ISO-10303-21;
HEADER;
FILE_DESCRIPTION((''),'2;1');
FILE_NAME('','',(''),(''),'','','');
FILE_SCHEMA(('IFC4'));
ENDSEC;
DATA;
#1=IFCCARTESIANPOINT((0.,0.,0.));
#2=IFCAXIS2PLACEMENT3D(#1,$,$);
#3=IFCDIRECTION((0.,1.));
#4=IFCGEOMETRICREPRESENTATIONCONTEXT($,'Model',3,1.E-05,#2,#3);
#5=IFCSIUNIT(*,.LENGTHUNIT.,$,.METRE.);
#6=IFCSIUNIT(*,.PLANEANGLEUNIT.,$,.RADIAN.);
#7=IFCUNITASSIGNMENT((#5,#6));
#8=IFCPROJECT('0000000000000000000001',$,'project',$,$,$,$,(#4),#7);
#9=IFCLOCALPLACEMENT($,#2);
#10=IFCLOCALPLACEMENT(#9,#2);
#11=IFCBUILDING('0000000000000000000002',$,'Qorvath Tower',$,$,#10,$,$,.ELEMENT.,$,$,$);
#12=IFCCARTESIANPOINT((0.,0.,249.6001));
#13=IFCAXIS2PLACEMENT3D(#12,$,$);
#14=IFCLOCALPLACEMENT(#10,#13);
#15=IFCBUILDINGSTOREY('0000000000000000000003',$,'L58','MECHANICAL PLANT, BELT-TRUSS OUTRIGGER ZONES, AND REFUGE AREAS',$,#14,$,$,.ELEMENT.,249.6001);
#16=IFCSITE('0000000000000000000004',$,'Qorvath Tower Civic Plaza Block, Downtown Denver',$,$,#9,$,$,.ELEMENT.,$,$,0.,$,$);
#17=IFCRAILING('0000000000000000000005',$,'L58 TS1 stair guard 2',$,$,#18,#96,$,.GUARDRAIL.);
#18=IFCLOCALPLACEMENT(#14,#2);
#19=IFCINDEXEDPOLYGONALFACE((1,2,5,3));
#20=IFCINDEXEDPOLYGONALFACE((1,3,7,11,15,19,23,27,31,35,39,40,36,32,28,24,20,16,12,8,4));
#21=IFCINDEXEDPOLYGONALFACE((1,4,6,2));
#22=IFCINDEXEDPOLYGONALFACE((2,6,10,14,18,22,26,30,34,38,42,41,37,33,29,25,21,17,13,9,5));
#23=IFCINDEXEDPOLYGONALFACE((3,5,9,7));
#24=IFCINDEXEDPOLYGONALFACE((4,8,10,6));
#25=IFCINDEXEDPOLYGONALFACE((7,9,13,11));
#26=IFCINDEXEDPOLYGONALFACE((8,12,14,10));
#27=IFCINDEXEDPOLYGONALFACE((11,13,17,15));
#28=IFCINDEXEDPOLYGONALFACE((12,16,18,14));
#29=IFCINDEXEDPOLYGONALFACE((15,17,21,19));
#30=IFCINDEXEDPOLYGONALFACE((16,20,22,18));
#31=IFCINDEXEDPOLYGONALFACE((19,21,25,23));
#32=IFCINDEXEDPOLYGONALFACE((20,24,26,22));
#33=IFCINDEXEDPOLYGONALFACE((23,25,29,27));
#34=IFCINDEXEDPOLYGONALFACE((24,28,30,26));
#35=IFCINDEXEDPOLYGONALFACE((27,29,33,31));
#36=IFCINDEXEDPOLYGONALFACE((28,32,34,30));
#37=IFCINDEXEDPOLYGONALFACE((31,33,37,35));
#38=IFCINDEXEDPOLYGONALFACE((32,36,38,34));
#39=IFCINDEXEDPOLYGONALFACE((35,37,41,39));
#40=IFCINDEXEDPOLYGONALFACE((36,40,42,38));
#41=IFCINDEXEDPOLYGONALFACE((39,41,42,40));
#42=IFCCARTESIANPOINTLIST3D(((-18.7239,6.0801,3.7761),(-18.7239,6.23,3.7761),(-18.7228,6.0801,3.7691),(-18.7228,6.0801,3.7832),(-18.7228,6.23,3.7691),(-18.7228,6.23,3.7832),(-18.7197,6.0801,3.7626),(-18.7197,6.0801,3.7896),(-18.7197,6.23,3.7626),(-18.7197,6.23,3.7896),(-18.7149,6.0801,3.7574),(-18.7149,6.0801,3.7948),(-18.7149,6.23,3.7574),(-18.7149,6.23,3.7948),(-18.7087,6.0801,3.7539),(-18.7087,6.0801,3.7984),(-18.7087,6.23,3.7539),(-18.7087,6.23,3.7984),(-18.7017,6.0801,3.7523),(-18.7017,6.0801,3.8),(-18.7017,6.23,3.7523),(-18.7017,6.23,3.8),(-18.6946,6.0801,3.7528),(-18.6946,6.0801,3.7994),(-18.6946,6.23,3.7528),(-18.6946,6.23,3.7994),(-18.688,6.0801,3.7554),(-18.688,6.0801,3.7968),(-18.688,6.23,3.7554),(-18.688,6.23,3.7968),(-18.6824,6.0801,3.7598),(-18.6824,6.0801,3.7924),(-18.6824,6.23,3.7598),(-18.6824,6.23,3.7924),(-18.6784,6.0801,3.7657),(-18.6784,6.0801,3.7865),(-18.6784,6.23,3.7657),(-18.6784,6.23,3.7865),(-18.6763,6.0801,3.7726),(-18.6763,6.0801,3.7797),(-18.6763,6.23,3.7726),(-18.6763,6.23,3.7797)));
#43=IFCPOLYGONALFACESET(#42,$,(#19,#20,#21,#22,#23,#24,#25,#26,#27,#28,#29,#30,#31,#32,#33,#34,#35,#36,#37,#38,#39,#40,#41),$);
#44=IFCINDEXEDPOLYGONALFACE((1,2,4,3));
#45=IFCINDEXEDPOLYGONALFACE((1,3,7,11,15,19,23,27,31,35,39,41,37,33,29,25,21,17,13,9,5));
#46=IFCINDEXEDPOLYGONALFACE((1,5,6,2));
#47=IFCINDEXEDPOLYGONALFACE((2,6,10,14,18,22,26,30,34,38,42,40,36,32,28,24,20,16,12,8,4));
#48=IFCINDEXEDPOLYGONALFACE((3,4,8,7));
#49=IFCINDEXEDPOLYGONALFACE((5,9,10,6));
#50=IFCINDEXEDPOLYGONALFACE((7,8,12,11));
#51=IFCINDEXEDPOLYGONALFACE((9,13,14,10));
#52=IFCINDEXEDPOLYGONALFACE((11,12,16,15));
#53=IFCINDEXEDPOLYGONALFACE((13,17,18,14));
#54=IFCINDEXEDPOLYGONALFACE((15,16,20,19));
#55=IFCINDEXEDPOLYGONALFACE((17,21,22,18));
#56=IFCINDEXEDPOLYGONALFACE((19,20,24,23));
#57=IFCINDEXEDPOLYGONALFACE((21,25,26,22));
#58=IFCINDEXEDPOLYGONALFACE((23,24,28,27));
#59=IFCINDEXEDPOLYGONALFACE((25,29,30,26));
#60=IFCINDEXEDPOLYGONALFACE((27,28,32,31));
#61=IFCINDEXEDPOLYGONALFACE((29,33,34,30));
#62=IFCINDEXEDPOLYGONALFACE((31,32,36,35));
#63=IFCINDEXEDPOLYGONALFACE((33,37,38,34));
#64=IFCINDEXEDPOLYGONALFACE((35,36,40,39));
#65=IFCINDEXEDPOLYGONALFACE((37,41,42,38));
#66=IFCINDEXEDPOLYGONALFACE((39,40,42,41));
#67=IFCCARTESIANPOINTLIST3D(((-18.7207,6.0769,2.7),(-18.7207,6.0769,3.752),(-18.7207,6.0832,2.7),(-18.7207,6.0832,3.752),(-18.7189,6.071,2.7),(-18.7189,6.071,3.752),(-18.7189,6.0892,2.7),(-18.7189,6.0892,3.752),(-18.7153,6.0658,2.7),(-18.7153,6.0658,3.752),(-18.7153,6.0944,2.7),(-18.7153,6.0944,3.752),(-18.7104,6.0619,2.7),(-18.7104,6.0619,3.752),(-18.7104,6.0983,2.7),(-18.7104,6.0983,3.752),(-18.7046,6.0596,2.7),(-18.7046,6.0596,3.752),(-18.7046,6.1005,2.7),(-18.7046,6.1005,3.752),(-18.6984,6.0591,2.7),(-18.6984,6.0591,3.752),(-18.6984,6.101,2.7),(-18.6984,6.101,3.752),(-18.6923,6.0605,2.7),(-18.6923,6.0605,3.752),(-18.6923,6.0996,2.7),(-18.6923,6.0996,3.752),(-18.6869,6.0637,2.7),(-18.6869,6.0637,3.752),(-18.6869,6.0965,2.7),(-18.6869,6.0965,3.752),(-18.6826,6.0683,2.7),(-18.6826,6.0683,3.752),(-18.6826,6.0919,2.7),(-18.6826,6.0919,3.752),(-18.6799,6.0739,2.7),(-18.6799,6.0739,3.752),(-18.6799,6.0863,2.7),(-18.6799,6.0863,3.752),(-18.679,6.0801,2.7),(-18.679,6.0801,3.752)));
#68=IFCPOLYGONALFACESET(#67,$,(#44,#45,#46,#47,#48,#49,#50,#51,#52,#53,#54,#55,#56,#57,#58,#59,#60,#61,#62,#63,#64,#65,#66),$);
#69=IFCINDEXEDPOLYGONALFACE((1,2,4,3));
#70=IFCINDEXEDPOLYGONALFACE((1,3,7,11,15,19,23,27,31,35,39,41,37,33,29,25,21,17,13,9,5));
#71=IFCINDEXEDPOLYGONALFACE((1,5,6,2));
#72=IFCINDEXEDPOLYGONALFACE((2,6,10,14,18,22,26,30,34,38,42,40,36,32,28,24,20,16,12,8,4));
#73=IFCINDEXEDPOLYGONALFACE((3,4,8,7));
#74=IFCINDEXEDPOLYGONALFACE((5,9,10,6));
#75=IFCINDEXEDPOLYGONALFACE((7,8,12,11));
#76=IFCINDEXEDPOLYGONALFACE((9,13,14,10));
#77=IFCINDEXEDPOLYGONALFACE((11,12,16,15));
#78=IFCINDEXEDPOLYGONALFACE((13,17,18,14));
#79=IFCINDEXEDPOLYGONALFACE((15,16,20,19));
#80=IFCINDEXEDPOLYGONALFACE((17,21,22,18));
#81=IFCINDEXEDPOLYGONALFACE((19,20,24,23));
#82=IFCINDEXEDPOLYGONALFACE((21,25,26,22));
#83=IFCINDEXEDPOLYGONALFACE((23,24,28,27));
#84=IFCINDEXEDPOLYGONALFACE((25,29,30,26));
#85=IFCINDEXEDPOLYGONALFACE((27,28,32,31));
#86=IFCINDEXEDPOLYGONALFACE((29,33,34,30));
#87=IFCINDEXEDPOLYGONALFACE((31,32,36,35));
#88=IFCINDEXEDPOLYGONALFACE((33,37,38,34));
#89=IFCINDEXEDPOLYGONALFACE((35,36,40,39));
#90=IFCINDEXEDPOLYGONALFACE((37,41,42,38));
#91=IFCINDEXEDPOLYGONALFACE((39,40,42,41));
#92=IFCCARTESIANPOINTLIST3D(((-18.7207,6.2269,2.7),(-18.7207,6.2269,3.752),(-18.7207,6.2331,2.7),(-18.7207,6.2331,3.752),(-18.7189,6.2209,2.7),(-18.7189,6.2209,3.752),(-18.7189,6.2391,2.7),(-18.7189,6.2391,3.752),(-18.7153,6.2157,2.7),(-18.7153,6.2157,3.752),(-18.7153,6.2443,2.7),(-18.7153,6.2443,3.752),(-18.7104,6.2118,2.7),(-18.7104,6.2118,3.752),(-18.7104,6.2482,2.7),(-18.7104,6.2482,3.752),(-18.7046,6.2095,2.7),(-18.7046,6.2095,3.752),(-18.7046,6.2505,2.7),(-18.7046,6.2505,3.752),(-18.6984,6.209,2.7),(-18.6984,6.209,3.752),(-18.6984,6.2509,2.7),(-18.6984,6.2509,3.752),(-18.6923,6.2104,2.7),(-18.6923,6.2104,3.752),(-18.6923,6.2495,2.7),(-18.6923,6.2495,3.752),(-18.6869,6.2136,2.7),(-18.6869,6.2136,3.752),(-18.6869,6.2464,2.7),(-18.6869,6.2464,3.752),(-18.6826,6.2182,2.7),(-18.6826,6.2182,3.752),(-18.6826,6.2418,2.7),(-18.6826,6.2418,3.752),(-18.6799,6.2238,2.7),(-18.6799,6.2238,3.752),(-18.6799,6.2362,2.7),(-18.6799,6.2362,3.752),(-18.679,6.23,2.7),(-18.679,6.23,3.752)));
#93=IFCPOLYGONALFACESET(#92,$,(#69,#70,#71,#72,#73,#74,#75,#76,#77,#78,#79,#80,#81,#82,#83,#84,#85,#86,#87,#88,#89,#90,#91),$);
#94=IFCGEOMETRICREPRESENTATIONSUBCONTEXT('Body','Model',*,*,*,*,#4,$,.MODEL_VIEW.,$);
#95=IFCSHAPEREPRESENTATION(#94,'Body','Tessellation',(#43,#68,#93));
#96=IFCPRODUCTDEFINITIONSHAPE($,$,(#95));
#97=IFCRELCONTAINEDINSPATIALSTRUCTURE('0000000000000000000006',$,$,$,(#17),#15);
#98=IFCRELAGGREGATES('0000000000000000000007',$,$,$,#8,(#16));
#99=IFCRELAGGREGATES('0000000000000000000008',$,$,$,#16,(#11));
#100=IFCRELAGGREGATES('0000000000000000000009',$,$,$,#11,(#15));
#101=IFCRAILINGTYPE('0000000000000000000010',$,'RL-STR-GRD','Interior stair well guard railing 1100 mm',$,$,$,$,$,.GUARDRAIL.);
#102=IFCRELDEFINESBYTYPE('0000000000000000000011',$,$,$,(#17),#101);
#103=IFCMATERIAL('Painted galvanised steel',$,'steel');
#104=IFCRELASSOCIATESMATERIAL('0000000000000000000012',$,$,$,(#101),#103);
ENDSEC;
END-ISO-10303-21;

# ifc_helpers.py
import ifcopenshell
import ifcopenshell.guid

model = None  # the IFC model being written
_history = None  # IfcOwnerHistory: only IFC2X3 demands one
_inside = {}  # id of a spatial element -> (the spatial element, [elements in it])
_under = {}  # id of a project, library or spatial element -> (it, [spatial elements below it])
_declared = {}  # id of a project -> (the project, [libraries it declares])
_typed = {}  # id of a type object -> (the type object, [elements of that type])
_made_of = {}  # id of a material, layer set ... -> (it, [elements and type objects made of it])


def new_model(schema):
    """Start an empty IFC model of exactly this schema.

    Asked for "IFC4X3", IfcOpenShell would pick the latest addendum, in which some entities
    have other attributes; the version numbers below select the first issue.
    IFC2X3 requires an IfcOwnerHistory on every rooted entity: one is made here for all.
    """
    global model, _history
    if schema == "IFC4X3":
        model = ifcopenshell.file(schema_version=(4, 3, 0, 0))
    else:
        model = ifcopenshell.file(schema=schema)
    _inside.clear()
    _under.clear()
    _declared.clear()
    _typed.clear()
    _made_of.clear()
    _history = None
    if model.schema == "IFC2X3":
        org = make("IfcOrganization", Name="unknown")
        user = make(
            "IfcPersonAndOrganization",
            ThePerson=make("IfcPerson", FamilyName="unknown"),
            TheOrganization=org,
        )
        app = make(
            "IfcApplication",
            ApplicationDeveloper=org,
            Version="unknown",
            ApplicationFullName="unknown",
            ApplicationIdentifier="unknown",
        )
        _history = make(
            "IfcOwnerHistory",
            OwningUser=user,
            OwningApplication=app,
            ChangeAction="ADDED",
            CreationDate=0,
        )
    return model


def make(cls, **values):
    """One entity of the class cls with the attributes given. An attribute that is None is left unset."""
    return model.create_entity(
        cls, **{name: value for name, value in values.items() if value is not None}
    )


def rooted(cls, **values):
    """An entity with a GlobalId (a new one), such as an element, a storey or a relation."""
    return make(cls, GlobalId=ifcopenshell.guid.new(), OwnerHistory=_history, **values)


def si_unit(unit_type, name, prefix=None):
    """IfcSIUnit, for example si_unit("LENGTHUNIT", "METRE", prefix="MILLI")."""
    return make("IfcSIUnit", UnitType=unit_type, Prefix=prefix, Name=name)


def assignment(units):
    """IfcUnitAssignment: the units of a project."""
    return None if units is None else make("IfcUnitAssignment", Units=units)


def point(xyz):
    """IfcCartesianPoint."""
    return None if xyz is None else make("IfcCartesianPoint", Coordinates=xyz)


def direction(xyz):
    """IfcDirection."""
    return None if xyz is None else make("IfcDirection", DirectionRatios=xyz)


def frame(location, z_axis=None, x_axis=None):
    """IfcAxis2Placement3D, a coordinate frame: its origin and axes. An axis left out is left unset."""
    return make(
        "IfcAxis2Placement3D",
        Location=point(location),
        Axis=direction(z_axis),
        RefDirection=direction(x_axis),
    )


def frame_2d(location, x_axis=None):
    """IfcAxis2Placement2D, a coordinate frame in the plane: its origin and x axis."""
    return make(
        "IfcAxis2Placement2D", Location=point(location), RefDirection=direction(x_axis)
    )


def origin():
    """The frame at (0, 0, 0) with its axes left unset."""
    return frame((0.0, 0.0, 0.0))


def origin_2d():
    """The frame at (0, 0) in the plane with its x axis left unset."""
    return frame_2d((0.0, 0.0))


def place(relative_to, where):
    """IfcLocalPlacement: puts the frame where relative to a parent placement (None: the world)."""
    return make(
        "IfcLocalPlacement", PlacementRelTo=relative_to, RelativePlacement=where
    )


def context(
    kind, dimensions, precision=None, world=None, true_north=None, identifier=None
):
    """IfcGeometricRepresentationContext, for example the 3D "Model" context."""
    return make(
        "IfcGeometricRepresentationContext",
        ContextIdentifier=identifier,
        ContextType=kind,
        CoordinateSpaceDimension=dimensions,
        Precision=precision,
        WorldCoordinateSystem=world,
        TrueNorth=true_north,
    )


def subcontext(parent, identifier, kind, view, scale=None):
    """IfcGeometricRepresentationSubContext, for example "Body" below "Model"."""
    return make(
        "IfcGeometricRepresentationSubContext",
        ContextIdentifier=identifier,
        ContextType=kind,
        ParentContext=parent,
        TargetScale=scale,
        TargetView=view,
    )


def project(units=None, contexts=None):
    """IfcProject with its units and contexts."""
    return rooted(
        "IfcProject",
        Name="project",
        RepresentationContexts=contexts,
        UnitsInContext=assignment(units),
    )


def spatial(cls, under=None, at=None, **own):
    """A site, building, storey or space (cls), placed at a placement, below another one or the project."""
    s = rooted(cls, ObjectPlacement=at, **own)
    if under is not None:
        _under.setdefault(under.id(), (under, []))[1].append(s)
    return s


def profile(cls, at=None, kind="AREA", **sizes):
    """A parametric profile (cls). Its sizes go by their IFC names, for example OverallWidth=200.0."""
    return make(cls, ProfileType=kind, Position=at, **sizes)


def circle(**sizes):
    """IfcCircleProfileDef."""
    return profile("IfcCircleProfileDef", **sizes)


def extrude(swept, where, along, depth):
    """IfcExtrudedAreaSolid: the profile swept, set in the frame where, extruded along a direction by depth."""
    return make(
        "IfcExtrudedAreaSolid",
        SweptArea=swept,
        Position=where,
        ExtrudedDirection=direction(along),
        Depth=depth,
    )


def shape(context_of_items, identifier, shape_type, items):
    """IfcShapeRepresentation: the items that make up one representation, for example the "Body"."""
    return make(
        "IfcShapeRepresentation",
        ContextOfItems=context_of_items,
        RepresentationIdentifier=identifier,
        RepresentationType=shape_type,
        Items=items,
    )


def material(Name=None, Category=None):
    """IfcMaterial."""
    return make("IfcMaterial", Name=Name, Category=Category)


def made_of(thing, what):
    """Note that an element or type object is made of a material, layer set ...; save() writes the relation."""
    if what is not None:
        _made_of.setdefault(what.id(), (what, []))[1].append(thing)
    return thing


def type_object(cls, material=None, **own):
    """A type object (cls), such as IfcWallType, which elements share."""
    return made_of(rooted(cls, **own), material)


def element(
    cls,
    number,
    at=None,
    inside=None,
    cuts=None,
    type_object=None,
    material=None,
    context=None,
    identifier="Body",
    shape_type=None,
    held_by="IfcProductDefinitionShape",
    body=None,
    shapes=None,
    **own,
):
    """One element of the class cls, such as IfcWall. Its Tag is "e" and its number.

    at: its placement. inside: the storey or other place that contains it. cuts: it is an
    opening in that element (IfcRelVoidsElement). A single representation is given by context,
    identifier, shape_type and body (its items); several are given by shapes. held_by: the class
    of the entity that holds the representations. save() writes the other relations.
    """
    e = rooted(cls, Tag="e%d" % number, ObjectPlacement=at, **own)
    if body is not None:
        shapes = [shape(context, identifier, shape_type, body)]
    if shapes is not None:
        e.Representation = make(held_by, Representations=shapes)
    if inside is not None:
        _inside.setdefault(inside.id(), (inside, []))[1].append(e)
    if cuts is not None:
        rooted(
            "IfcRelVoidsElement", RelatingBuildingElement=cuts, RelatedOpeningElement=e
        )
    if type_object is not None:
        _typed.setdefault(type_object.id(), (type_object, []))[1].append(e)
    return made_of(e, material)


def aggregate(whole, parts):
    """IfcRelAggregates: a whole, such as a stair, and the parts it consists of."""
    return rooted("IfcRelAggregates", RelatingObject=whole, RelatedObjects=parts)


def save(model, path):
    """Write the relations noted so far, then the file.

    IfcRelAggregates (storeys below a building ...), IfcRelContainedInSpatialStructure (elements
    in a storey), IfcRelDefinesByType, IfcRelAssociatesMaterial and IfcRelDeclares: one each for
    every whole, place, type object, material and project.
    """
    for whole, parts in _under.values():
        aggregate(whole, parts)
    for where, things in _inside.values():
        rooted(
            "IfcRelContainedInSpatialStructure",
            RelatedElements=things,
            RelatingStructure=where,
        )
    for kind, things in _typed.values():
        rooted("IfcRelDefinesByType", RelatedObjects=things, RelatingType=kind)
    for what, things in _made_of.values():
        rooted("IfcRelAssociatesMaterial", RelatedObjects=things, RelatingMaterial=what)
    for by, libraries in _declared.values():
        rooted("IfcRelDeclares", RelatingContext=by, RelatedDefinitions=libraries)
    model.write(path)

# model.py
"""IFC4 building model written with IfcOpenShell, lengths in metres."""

from ifc_helpers import new_model, si_unit, direction, frame, origin, origin_2d, place, context, subcontext, project, spatial, circle, extrude, material, type_object, element, save


model = new_model("IFC4")

# Units and contexts
model_context = context("Model", 3, precision=1e-05, world=origin(), true_north=direction((0.0, 1.0)))
body_context = subcontext(model_context, "Body", "Model", "MODEL_VIEW")
ifc_project = project(units=[si_unit("LENGTHUNIT", "METRE"), si_unit("PLANEANGLEUNIT", "RADIAN")], contexts=[model_context])

# Site, building, storey
site_placement = place(None, origin())
site = spatial("IfcSite", under=ifc_project, at=site_placement, Name="Qorvath Tower Civic Plaza Block, Downtown Denver", CompositionType="ELEMENT", RefElevation=0.0)
building_placement = place(site_placement, origin())
building = spatial("IfcBuilding", under=site, at=building_placement, Name="Qorvath Tower", CompositionType="ELEMENT")
storey_placement = place(building_placement, frame((0.0, 0.0, 249.6001)))
storey = spatial("IfcBuildingStorey", under=building, at=storey_placement, Name="L58", Description="MECHANICAL PLANT, BELT-TRUSS OUTRIGGER ZONES, AND REFUGE AREAS", CompositionType="ELEMENT", Elevation=249.6001)

# Railing
ifc_material_1 = material(Name="Painted galvanised steel", Category="steel")
railing_type_1 = type_object("IfcRailingType", Name="RL-STR-GRD", Description="Interior stair well guard railing 1100 mm", PredefinedType="GUARDRAIL", material=ifc_material_1)
railing_1_placement = place(storey_placement, frame((-18.7, 6.0801, 2.7)))
element("IfcRailing", 1, at=railing_1_placement, inside=storey, type_object=railing_type_1, Name="L58 TS1 stair guard 2", PredefinedType="GUARDRAIL", context=body_context, shape_type="SweptSolid", body=[
    extrude(circle(Radius=0.0239, at=origin_2d()), frame((0.0, 0.0, 1.0762), z_axis=(0.0, 1.0, 0.0), x_axis=(-1.0, 0.0, 0.0)), (0.0, 0.0, 1.0), 0.1499),
    extrude(circle(Radius=0.021, at=origin_2d()), origin(), (0.0, 0.0, 1.0), 1.052),
    extrude(circle(Radius=0.021, at=origin_2d()), frame((0.0, 0.1499, 0.0)), (0.0, 0.0, 1.0), 1.052),
])

save(model, "model.ifc")
